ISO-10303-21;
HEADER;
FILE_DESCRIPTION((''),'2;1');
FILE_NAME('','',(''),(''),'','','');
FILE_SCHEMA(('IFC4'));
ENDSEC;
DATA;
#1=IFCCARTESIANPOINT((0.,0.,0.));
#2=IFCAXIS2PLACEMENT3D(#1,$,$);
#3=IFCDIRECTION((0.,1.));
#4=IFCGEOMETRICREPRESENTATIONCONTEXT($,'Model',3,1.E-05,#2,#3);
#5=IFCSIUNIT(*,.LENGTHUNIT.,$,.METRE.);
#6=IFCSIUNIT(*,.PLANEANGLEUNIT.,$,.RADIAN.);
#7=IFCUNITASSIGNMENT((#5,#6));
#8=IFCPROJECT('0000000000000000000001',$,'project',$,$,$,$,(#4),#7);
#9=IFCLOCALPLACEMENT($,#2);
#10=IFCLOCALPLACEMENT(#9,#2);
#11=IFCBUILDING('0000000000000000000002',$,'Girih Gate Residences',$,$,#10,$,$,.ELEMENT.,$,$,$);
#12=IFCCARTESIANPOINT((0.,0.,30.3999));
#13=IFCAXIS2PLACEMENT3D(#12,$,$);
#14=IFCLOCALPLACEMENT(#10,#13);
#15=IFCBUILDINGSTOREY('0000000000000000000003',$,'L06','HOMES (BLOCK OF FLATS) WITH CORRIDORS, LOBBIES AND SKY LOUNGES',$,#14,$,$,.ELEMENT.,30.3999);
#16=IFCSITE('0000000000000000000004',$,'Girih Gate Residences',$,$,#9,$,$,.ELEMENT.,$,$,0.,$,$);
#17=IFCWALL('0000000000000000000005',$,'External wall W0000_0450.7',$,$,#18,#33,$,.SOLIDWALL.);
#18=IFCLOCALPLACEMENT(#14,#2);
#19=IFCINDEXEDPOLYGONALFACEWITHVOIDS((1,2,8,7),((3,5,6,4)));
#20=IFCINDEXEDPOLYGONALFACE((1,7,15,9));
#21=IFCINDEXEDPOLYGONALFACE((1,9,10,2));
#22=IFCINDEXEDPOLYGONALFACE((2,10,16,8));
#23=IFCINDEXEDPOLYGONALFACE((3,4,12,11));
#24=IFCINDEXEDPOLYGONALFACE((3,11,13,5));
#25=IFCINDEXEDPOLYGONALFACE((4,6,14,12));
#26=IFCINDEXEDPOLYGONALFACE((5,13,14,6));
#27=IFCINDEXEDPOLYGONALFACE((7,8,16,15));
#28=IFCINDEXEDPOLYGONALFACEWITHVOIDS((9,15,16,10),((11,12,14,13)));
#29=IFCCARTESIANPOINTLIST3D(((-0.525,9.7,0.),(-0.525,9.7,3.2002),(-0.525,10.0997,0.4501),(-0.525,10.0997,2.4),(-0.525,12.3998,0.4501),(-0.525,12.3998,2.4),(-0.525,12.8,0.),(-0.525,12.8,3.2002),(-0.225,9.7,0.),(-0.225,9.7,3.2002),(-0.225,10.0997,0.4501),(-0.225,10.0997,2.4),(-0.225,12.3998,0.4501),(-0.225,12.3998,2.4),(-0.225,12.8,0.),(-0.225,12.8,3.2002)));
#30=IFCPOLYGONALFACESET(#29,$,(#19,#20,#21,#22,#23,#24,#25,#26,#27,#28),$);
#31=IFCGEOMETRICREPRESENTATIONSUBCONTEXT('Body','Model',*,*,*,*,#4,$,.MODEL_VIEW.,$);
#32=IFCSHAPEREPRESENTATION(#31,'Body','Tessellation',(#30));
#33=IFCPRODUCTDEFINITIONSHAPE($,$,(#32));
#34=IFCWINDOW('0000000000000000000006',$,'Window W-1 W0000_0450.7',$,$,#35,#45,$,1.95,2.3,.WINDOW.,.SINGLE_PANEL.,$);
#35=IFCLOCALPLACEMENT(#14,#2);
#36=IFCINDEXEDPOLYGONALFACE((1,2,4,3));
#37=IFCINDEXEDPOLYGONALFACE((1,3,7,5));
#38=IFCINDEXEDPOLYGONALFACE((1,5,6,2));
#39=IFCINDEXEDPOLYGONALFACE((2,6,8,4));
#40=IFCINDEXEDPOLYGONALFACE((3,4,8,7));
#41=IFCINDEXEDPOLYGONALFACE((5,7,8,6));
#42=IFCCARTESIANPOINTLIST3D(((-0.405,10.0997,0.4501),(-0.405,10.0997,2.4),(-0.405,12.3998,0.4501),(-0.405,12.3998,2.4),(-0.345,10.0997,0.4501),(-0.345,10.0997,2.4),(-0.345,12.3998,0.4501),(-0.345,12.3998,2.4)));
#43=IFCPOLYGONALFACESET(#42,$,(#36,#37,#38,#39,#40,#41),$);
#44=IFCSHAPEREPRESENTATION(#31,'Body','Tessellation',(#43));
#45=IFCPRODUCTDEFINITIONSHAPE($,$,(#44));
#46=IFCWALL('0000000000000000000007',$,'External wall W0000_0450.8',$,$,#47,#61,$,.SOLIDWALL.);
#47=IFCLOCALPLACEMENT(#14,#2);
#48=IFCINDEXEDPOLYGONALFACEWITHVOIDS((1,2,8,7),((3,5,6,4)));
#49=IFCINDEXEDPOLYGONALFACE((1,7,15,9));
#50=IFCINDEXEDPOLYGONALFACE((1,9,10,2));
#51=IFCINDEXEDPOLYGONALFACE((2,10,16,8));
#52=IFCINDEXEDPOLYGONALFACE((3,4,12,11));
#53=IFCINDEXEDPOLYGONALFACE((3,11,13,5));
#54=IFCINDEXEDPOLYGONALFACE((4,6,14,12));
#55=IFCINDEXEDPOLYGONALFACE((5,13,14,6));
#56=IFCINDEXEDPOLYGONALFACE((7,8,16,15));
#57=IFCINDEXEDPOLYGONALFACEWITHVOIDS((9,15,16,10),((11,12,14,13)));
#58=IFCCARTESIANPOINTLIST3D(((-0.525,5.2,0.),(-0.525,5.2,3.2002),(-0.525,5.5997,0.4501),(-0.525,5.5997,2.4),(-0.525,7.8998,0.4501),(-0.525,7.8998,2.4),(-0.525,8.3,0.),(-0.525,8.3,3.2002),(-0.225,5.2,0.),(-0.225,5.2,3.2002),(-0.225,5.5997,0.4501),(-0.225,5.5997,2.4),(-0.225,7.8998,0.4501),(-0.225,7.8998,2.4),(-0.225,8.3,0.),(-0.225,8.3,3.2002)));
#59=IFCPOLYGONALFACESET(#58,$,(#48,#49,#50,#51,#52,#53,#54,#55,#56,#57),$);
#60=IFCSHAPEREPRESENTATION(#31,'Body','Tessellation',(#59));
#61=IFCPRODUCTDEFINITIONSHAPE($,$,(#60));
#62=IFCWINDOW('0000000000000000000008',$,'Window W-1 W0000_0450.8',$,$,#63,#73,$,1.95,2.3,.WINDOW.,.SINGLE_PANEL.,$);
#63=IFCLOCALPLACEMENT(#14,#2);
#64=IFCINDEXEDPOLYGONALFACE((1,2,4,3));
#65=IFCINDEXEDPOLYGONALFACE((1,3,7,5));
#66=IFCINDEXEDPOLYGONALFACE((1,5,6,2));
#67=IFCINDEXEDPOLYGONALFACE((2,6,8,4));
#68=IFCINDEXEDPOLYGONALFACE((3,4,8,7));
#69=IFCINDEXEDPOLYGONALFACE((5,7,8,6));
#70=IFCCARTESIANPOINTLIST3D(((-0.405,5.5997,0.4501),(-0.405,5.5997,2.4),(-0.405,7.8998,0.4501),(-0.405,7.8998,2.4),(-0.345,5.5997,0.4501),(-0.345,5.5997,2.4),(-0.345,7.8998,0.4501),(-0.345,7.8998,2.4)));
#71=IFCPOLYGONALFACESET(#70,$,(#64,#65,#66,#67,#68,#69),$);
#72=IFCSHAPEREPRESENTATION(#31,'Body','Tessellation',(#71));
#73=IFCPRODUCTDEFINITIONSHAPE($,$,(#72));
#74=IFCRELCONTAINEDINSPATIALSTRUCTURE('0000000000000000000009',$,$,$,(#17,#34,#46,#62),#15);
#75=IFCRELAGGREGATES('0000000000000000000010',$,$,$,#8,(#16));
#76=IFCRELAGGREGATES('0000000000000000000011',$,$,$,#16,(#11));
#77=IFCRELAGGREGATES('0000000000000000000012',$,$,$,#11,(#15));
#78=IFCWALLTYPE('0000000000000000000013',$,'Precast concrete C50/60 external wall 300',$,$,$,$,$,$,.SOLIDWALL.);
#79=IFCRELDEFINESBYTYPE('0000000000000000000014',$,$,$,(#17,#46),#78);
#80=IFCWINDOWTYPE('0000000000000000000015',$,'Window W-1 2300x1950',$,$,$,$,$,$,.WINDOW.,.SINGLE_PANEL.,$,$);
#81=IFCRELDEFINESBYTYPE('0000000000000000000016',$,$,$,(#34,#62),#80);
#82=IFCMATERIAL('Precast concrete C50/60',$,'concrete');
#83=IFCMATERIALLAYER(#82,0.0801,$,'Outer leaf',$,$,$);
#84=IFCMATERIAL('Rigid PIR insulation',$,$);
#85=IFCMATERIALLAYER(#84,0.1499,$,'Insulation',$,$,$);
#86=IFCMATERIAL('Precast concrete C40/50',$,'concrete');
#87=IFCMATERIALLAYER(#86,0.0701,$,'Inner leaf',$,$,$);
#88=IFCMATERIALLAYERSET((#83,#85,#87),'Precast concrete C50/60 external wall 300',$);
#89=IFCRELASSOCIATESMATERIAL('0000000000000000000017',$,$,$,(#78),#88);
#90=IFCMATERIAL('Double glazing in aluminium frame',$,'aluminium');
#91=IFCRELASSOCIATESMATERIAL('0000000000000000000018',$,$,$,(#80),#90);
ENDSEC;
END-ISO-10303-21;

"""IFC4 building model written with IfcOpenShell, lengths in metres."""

from ifc_helpers import new_model, si_unit, direction, frame, frame_2d, origin, place, context, subcontext, project, spatial, rectangle, extrude, material, layer, layer_set, type_object, element, fill, save


model = new_model("IFC4")

# Units and contexts
model_context = context("Model", 3, precision=1e-05, world=origin(), true_north=direction((0.0, 1.0)))
body_context = subcontext(model_context, "Body", "Model", "MODEL_VIEW")
ifc_project = project(units=[si_unit("LENGTHUNIT", "METRE"), si_unit("PLANEANGLEUNIT", "RADIAN")], contexts=[model_context])

# Site, building, storey
site_placement = place(None, origin())
site = spatial("IfcSite", under=ifc_project, at=site_placement, Name="Girih Gate Residences", CompositionType="ELEMENT", RefElevation=0.0)
building_placement = place(site_placement, origin())
building = spatial("IfcBuilding", under=site, at=building_placement, Name="Girih Gate Residences", CompositionType="ELEMENT")
storey_placement = place(building_placement, frame((0.0, 0.0, 30.3999)))
storey = spatial("IfcBuildingStorey", under=building, at=storey_placement, Name="L06", Description="HOMES (BLOCK OF FLATS) WITH CORRIDORS, LOBBIES AND SKY LOUNGES", CompositionType="ELEMENT", Elevation=30.3999)

# Walls, openings, windows
ifc_material_1 = material(Name="Precast concrete C50/60", Category="concrete")
ifc_layer_1 = layer(ifc_material_1, 0.0801, Name="Outer leaf")
ifc_material_2 = material(Name="Rigid PIR insulation")
ifc_layer_2 = layer(ifc_material_2, 0.1499, Name="Insulation")
ifc_material_3 = material(Name="Precast concrete C40/50", Category="concrete")
ifc_layer_3 = layer(ifc_material_3, 0.0701, Name="Inner leaf")
ifc_layer_set_1 = layer_set([ifc_layer_1, ifc_layer_2, ifc_layer_3], Name="Precast concrete C50/60 external wall 300")
wall_type_1 = type_object("IfcWallType", Name="Precast concrete C50/60 external wall 300", PredefinedType="SOLIDWALL", material=ifc_layer_set_1)
ifc_material_4 = material(Name="Double glazing in aluminium frame", Category="aluminium")
window_type = type_object("IfcWindowType", Name="Window W-1 2300x1950", PartitioningType="SINGLE_PANEL", PredefinedType="WINDOW", material=ifc_material_4)
wall_1_placement = place(storey_placement, frame((-0.375, 9.7, 0.0), z_axis=(0.0, 0.0, 1.0), x_axis=(0.0, 1.0, 0.0)))
wall_1 = element("IfcWall", 1, at=wall_1_placement, inside=storey, type_object=wall_type_1, Name="External wall W0000_0450.7", PredefinedType="SOLIDWALL", context=body_context, shape_type="SweptSolid", body=[
    extrude(rectangle(XDim=3.1001, YDim=0.3, at=frame_2d((1.55, 0.0))), origin(), (0.0, 0.0, 1.0), 3.2002),
])
opening_1_placement = place(wall_1_placement, frame((0.3999, 0.0, 0.45)))
opening_1 = element("IfcOpeningElement", 2, at=opening_1_placement, cuts=wall_1, PredefinedType="OPENING", context=body_context, shape_type="SweptSolid", body=[
    extrude(rectangle(XDim=2.3, YDim=1.95, at=frame_2d((1.1499, 0.9751))), frame((0.0, 0.1599, 0.0), z_axis=(0.0, -1.0, 0.0), x_axis=(1.0, 0.0, 0.0)), (0.0, 0.0, 1.0), 0.3201),
])
window_1_placement = place(opening_1_placement, origin())
window_1 = element("IfcWindow", 3, at=window_1_placement, inside=storey, type_object=window_type, Name="Window W-1 W0000_0450.7", OverallHeight=1.95, OverallWidth=2.3, PartitioningType="SINGLE_PANEL", PredefinedType="WINDOW", context=body_context, shape_type="SweptSolid", body=[
    extrude(rectangle(XDim=2.3, YDim=1.95, at=frame_2d((1.1499, 0.9751))), frame((0.0, 0.03, 0.0), z_axis=(0.0, -1.0, 0.0), x_axis=(1.0, 0.0, 0.0)), (0.0, 0.0, 1.0), 0.0601),
])
fill(opening_1, window_1)
wall_2_placement = place(storey_placement, frame((-0.375, 5.2, 0.0), z_axis=(0.0, 0.0, 1.0), x_axis=(0.0, 1.0, 0.0)))
wall_2 = element("IfcWall", 4, at=wall_2_placement, inside=storey, type_object=wall_type_1, Name="External wall W0000_0450.8", PredefinedType="SOLIDWALL", context=body_context, shape_type="SweptSolid", body=[
    extrude(rectangle(XDim=3.1001, YDim=0.3, at=frame_2d((1.55, 0.0))), origin(), (0.0, 0.0, 1.0), 3.2002),
])
opening_2_placement = place(wall_2_placement, frame((0.3999, 0.0, 0.45)))
opening_2 = element("IfcOpeningElement", 5, at=opening_2_placement, cuts=wall_2, PredefinedType="OPENING", context=body_context, shape_type="SweptSolid", body=[
    extrude(rectangle(XDim=2.3, YDim=1.95, at=frame_2d((1.1499, 0.9751))), frame((0.0, 0.1599, 0.0), z_axis=(0.0, -1.0, 0.0), x_axis=(1.0, 0.0, 0.0)), (0.0, 0.0, 1.0), 0.3201),
])
window_2_placement = place(opening_2_placement, origin())
window_2 = element("IfcWindow", 6, at=window_2_placement, inside=storey, type_object=window_type, Name="Window W-1 W0000_0450.8", OverallHeight=1.95, OverallWidth=2.3, PartitioningType="SINGLE_PANEL", PredefinedType="WINDOW", context=body_context, shape_type="SweptSolid", body=[
    extrude(rectangle(XDim=2.3, YDim=1.95, at=frame_2d((1.1499, 0.9751))), frame((0.0, 0.03, 0.0), z_axis=(0.0, -1.0, 0.0), x_axis=(1.0, 0.0, 0.0)), (0.0, 0.0, 1.0), 0.0601),
])
fill(opening_2, window_2)

save(model, "model.ifc")
